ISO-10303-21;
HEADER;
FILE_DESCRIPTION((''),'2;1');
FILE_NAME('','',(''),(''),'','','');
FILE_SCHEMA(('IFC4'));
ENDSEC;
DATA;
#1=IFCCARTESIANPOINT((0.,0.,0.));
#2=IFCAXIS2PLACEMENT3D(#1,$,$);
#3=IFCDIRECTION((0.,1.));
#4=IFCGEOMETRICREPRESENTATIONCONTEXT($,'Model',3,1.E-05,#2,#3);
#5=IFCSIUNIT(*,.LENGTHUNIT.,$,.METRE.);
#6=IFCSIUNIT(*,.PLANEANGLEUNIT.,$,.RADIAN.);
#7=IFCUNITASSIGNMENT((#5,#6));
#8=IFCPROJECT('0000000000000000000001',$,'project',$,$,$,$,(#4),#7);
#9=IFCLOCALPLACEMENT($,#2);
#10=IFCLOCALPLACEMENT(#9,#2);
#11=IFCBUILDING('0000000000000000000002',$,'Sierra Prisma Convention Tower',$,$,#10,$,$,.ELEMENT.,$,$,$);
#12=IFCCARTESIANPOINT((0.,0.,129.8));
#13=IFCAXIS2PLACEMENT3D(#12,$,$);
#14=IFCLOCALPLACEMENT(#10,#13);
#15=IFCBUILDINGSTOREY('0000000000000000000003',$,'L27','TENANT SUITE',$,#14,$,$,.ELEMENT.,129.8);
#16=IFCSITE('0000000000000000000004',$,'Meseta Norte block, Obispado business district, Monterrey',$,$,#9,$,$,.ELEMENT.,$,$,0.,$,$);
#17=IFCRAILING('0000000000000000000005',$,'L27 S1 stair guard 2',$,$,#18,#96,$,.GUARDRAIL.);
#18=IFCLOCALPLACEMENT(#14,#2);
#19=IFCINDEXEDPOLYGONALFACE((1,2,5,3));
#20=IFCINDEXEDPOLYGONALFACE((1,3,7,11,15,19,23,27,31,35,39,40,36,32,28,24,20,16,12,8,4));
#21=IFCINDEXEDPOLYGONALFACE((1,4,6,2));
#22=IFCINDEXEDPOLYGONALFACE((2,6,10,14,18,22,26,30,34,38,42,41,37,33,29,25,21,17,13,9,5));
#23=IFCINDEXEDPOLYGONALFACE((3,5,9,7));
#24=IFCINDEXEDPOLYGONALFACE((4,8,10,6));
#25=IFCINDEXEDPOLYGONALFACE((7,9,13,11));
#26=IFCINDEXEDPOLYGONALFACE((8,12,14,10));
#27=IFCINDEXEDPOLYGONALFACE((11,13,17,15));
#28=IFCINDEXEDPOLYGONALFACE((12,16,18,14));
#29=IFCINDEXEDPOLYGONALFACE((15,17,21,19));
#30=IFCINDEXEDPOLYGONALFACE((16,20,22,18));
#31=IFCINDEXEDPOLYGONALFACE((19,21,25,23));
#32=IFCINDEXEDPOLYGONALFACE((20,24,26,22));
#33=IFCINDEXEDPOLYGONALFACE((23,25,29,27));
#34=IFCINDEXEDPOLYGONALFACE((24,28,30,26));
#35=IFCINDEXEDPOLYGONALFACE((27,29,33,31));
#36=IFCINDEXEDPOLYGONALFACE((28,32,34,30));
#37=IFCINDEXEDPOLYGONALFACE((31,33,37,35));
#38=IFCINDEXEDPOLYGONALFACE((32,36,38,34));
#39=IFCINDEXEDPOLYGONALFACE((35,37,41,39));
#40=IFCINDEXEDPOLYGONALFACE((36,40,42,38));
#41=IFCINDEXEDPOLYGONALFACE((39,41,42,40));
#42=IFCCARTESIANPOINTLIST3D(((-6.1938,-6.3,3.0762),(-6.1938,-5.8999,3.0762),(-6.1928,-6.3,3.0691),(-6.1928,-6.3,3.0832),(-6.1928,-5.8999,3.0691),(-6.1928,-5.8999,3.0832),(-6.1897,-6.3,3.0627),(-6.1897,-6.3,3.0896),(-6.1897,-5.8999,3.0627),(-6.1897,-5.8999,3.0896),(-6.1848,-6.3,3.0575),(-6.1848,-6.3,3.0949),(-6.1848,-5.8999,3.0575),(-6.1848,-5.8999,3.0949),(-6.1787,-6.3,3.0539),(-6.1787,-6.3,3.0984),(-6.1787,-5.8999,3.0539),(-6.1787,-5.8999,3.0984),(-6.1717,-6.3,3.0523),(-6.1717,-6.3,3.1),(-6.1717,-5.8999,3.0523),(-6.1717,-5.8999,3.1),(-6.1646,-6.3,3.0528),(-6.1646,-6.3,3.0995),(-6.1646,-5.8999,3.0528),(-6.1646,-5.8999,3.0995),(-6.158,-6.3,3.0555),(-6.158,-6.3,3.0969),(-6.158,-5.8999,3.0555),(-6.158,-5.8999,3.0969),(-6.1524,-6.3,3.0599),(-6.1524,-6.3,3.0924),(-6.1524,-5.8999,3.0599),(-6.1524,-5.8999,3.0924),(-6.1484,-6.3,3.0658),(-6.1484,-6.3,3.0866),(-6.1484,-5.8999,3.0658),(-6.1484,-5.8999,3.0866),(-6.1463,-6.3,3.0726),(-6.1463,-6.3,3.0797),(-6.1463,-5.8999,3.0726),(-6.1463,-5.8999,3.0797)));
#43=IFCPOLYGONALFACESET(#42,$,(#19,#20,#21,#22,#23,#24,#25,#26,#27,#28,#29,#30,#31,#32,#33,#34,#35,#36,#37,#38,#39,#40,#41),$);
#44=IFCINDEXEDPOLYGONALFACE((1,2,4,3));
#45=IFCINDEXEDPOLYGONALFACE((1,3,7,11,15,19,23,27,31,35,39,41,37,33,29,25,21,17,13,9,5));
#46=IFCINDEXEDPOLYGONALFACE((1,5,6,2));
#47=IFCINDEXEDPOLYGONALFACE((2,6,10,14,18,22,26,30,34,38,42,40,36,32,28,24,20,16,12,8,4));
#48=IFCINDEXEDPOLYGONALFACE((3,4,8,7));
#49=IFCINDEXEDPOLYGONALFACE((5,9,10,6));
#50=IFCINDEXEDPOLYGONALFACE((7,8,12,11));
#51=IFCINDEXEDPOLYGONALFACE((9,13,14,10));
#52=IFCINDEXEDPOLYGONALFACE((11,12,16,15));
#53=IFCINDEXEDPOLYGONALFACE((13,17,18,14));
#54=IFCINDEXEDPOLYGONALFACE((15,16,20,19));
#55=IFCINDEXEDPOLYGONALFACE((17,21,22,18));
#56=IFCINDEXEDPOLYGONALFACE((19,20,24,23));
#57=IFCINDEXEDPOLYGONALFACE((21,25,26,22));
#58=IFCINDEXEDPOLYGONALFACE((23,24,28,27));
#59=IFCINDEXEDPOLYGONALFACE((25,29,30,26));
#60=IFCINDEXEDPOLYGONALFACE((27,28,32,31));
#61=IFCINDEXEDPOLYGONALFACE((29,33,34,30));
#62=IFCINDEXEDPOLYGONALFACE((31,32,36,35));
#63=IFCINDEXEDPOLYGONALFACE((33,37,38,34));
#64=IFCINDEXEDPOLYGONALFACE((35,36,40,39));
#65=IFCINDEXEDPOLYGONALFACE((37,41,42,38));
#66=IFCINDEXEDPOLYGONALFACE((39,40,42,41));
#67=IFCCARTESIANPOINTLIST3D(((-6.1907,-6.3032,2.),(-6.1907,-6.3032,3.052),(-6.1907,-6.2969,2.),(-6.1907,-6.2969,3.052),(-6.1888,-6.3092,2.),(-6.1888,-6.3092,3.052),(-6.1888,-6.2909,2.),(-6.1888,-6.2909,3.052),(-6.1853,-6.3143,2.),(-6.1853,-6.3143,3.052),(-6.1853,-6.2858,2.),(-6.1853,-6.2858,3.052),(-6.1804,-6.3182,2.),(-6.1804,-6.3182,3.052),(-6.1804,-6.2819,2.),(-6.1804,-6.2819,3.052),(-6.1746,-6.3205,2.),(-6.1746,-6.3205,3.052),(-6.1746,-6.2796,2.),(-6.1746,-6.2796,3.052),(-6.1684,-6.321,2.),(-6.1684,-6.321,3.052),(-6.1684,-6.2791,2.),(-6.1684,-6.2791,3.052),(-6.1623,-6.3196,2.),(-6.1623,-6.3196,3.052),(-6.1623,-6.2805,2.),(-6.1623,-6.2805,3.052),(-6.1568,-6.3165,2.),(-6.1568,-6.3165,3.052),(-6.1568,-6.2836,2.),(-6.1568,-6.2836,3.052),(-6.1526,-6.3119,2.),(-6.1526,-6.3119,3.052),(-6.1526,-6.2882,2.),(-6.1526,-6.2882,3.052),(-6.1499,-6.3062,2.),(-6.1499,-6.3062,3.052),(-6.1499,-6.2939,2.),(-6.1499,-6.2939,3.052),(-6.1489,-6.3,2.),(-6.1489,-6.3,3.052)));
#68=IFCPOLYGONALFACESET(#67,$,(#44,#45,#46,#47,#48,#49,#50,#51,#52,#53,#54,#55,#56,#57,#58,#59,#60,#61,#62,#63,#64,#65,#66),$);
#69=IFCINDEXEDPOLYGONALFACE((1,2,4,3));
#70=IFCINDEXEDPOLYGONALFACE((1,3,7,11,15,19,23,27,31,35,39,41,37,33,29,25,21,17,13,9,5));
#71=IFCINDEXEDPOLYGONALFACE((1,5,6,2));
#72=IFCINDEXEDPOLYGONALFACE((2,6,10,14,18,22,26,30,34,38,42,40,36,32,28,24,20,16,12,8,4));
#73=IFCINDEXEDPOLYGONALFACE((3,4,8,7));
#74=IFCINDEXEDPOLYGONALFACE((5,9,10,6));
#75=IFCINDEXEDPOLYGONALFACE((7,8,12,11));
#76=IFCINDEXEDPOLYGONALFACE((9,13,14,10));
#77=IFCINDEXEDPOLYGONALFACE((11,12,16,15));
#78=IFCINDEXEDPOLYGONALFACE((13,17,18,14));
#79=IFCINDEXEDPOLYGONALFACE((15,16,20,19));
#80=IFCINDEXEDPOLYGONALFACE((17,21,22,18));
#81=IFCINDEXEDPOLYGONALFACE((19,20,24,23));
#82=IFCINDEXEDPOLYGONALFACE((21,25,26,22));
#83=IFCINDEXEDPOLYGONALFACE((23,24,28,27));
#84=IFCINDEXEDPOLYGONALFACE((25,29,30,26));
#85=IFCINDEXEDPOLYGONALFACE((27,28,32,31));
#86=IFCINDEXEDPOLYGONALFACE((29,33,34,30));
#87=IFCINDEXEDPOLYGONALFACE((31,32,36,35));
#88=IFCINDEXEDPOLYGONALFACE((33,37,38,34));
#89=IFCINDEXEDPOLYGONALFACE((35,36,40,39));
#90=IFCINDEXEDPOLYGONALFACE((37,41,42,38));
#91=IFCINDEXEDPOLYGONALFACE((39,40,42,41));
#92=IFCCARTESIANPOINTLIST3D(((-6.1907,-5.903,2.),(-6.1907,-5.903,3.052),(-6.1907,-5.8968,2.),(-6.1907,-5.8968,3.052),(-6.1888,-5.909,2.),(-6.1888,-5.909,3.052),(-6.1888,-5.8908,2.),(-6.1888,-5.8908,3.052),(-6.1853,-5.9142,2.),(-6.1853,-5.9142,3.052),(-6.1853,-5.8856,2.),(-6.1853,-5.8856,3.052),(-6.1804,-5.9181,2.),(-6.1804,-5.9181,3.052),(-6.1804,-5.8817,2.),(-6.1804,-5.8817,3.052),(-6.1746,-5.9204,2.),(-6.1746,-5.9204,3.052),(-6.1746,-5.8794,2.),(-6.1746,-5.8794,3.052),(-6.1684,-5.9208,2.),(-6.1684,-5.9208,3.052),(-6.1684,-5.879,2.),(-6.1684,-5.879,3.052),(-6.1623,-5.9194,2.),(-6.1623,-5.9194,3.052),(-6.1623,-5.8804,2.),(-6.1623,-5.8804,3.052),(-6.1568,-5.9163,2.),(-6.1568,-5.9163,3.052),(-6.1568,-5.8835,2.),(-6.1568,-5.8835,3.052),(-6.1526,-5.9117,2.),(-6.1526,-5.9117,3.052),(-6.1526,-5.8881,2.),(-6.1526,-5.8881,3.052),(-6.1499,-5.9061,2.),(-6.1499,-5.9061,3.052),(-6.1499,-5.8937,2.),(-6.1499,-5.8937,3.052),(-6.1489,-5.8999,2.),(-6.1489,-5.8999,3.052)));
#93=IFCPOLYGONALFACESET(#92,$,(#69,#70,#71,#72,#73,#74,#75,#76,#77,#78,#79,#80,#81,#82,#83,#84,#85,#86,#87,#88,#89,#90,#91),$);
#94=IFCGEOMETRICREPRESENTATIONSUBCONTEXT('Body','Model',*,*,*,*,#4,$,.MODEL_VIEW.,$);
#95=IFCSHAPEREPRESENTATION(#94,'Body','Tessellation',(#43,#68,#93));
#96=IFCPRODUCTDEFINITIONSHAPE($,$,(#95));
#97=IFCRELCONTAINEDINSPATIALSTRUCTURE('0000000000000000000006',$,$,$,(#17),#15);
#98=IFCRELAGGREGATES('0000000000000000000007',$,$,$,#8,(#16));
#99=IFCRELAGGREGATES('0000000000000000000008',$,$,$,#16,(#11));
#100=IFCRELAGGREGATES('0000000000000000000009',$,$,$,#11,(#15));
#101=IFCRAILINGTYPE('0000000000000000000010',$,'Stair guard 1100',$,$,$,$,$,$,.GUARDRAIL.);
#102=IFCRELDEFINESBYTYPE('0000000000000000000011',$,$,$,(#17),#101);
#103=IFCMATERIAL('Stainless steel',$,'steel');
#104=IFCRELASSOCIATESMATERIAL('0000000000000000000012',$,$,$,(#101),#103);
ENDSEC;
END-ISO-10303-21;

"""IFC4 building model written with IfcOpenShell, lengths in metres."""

from ifc_helpers import new_model, si_unit, direction, frame, origin, origin_2d, place, context, subcontext, project, spatial, circle, extrude, material, type_object, element, save


model = new_model("IFC4")

# Units and contexts
model_context = context("Model", 3, precision=1e-05, world=origin(), true_north=direction((0.0, 1.0)))
body_context = subcontext(model_context, "Body", "Model", "MODEL_VIEW")
ifc_project = project(units=[si_unit("LENGTHUNIT", "METRE"), si_unit("PLANEANGLEUNIT", "RADIAN")], contexts=[model_context])

# Site, building, storey
site_placement = place(None, origin())
site = spatial("IfcSite", under=ifc_project, at=site_placement, Name="Meseta Norte block, Obispado business district, Monterrey", CompositionType="ELEMENT", RefElevation=0.0)
building_placement = place(site_placement, origin())
building = spatial("IfcBuilding", under=site, at=building_placement, Name="Sierra Prisma Convention Tower", CompositionType="ELEMENT")
storey_placement = place(building_placement, frame((0.0, 0.0, 129.8)))
storey = spatial("IfcBuildingStorey", under=building, at=storey_placement, Name="L27", Description="TENANT SUITE", CompositionType="ELEMENT", Elevation=129.8)

# Railing
ifc_material_1 = material(Name="Stainless steel", Category="steel")
railing_type_1 = type_object("IfcRailingType", Name="Stair guard 1100", PredefinedType="GUARDRAIL", material=ifc_material_1)
railing_1_placement = place(storey_placement, frame((-6.1699, -6.3, 2.0)))
element("IfcRailing", 1, at=railing_1_placement, inside=storey, type_object=railing_type_1, Name="L27 S1 stair guard 2", PredefinedType="GUARDRAIL", context=body_context, shape_type="SweptSolid", body=[
    extrude(circle(Radius=0.0239, at=origin_2d()), frame((0.0, 0.0, 1.0762), z_axis=(0.0, 1.0, 0.0), x_axis=(-1.0, 0.0, 0.0)), (0.0, 0.0, 1.0), 0.4001),
    extrude(circle(Radius=0.021, at=origin_2d()), origin(), (0.0, 0.0, 1.0), 1.052),
    extrude(circle(Radius=0.021, at=origin_2d()), frame((0.0, 0.4001, 0.0)), (0.0, 0.0, 1.0), 1.052),
])

save(model, "model.ifc")
